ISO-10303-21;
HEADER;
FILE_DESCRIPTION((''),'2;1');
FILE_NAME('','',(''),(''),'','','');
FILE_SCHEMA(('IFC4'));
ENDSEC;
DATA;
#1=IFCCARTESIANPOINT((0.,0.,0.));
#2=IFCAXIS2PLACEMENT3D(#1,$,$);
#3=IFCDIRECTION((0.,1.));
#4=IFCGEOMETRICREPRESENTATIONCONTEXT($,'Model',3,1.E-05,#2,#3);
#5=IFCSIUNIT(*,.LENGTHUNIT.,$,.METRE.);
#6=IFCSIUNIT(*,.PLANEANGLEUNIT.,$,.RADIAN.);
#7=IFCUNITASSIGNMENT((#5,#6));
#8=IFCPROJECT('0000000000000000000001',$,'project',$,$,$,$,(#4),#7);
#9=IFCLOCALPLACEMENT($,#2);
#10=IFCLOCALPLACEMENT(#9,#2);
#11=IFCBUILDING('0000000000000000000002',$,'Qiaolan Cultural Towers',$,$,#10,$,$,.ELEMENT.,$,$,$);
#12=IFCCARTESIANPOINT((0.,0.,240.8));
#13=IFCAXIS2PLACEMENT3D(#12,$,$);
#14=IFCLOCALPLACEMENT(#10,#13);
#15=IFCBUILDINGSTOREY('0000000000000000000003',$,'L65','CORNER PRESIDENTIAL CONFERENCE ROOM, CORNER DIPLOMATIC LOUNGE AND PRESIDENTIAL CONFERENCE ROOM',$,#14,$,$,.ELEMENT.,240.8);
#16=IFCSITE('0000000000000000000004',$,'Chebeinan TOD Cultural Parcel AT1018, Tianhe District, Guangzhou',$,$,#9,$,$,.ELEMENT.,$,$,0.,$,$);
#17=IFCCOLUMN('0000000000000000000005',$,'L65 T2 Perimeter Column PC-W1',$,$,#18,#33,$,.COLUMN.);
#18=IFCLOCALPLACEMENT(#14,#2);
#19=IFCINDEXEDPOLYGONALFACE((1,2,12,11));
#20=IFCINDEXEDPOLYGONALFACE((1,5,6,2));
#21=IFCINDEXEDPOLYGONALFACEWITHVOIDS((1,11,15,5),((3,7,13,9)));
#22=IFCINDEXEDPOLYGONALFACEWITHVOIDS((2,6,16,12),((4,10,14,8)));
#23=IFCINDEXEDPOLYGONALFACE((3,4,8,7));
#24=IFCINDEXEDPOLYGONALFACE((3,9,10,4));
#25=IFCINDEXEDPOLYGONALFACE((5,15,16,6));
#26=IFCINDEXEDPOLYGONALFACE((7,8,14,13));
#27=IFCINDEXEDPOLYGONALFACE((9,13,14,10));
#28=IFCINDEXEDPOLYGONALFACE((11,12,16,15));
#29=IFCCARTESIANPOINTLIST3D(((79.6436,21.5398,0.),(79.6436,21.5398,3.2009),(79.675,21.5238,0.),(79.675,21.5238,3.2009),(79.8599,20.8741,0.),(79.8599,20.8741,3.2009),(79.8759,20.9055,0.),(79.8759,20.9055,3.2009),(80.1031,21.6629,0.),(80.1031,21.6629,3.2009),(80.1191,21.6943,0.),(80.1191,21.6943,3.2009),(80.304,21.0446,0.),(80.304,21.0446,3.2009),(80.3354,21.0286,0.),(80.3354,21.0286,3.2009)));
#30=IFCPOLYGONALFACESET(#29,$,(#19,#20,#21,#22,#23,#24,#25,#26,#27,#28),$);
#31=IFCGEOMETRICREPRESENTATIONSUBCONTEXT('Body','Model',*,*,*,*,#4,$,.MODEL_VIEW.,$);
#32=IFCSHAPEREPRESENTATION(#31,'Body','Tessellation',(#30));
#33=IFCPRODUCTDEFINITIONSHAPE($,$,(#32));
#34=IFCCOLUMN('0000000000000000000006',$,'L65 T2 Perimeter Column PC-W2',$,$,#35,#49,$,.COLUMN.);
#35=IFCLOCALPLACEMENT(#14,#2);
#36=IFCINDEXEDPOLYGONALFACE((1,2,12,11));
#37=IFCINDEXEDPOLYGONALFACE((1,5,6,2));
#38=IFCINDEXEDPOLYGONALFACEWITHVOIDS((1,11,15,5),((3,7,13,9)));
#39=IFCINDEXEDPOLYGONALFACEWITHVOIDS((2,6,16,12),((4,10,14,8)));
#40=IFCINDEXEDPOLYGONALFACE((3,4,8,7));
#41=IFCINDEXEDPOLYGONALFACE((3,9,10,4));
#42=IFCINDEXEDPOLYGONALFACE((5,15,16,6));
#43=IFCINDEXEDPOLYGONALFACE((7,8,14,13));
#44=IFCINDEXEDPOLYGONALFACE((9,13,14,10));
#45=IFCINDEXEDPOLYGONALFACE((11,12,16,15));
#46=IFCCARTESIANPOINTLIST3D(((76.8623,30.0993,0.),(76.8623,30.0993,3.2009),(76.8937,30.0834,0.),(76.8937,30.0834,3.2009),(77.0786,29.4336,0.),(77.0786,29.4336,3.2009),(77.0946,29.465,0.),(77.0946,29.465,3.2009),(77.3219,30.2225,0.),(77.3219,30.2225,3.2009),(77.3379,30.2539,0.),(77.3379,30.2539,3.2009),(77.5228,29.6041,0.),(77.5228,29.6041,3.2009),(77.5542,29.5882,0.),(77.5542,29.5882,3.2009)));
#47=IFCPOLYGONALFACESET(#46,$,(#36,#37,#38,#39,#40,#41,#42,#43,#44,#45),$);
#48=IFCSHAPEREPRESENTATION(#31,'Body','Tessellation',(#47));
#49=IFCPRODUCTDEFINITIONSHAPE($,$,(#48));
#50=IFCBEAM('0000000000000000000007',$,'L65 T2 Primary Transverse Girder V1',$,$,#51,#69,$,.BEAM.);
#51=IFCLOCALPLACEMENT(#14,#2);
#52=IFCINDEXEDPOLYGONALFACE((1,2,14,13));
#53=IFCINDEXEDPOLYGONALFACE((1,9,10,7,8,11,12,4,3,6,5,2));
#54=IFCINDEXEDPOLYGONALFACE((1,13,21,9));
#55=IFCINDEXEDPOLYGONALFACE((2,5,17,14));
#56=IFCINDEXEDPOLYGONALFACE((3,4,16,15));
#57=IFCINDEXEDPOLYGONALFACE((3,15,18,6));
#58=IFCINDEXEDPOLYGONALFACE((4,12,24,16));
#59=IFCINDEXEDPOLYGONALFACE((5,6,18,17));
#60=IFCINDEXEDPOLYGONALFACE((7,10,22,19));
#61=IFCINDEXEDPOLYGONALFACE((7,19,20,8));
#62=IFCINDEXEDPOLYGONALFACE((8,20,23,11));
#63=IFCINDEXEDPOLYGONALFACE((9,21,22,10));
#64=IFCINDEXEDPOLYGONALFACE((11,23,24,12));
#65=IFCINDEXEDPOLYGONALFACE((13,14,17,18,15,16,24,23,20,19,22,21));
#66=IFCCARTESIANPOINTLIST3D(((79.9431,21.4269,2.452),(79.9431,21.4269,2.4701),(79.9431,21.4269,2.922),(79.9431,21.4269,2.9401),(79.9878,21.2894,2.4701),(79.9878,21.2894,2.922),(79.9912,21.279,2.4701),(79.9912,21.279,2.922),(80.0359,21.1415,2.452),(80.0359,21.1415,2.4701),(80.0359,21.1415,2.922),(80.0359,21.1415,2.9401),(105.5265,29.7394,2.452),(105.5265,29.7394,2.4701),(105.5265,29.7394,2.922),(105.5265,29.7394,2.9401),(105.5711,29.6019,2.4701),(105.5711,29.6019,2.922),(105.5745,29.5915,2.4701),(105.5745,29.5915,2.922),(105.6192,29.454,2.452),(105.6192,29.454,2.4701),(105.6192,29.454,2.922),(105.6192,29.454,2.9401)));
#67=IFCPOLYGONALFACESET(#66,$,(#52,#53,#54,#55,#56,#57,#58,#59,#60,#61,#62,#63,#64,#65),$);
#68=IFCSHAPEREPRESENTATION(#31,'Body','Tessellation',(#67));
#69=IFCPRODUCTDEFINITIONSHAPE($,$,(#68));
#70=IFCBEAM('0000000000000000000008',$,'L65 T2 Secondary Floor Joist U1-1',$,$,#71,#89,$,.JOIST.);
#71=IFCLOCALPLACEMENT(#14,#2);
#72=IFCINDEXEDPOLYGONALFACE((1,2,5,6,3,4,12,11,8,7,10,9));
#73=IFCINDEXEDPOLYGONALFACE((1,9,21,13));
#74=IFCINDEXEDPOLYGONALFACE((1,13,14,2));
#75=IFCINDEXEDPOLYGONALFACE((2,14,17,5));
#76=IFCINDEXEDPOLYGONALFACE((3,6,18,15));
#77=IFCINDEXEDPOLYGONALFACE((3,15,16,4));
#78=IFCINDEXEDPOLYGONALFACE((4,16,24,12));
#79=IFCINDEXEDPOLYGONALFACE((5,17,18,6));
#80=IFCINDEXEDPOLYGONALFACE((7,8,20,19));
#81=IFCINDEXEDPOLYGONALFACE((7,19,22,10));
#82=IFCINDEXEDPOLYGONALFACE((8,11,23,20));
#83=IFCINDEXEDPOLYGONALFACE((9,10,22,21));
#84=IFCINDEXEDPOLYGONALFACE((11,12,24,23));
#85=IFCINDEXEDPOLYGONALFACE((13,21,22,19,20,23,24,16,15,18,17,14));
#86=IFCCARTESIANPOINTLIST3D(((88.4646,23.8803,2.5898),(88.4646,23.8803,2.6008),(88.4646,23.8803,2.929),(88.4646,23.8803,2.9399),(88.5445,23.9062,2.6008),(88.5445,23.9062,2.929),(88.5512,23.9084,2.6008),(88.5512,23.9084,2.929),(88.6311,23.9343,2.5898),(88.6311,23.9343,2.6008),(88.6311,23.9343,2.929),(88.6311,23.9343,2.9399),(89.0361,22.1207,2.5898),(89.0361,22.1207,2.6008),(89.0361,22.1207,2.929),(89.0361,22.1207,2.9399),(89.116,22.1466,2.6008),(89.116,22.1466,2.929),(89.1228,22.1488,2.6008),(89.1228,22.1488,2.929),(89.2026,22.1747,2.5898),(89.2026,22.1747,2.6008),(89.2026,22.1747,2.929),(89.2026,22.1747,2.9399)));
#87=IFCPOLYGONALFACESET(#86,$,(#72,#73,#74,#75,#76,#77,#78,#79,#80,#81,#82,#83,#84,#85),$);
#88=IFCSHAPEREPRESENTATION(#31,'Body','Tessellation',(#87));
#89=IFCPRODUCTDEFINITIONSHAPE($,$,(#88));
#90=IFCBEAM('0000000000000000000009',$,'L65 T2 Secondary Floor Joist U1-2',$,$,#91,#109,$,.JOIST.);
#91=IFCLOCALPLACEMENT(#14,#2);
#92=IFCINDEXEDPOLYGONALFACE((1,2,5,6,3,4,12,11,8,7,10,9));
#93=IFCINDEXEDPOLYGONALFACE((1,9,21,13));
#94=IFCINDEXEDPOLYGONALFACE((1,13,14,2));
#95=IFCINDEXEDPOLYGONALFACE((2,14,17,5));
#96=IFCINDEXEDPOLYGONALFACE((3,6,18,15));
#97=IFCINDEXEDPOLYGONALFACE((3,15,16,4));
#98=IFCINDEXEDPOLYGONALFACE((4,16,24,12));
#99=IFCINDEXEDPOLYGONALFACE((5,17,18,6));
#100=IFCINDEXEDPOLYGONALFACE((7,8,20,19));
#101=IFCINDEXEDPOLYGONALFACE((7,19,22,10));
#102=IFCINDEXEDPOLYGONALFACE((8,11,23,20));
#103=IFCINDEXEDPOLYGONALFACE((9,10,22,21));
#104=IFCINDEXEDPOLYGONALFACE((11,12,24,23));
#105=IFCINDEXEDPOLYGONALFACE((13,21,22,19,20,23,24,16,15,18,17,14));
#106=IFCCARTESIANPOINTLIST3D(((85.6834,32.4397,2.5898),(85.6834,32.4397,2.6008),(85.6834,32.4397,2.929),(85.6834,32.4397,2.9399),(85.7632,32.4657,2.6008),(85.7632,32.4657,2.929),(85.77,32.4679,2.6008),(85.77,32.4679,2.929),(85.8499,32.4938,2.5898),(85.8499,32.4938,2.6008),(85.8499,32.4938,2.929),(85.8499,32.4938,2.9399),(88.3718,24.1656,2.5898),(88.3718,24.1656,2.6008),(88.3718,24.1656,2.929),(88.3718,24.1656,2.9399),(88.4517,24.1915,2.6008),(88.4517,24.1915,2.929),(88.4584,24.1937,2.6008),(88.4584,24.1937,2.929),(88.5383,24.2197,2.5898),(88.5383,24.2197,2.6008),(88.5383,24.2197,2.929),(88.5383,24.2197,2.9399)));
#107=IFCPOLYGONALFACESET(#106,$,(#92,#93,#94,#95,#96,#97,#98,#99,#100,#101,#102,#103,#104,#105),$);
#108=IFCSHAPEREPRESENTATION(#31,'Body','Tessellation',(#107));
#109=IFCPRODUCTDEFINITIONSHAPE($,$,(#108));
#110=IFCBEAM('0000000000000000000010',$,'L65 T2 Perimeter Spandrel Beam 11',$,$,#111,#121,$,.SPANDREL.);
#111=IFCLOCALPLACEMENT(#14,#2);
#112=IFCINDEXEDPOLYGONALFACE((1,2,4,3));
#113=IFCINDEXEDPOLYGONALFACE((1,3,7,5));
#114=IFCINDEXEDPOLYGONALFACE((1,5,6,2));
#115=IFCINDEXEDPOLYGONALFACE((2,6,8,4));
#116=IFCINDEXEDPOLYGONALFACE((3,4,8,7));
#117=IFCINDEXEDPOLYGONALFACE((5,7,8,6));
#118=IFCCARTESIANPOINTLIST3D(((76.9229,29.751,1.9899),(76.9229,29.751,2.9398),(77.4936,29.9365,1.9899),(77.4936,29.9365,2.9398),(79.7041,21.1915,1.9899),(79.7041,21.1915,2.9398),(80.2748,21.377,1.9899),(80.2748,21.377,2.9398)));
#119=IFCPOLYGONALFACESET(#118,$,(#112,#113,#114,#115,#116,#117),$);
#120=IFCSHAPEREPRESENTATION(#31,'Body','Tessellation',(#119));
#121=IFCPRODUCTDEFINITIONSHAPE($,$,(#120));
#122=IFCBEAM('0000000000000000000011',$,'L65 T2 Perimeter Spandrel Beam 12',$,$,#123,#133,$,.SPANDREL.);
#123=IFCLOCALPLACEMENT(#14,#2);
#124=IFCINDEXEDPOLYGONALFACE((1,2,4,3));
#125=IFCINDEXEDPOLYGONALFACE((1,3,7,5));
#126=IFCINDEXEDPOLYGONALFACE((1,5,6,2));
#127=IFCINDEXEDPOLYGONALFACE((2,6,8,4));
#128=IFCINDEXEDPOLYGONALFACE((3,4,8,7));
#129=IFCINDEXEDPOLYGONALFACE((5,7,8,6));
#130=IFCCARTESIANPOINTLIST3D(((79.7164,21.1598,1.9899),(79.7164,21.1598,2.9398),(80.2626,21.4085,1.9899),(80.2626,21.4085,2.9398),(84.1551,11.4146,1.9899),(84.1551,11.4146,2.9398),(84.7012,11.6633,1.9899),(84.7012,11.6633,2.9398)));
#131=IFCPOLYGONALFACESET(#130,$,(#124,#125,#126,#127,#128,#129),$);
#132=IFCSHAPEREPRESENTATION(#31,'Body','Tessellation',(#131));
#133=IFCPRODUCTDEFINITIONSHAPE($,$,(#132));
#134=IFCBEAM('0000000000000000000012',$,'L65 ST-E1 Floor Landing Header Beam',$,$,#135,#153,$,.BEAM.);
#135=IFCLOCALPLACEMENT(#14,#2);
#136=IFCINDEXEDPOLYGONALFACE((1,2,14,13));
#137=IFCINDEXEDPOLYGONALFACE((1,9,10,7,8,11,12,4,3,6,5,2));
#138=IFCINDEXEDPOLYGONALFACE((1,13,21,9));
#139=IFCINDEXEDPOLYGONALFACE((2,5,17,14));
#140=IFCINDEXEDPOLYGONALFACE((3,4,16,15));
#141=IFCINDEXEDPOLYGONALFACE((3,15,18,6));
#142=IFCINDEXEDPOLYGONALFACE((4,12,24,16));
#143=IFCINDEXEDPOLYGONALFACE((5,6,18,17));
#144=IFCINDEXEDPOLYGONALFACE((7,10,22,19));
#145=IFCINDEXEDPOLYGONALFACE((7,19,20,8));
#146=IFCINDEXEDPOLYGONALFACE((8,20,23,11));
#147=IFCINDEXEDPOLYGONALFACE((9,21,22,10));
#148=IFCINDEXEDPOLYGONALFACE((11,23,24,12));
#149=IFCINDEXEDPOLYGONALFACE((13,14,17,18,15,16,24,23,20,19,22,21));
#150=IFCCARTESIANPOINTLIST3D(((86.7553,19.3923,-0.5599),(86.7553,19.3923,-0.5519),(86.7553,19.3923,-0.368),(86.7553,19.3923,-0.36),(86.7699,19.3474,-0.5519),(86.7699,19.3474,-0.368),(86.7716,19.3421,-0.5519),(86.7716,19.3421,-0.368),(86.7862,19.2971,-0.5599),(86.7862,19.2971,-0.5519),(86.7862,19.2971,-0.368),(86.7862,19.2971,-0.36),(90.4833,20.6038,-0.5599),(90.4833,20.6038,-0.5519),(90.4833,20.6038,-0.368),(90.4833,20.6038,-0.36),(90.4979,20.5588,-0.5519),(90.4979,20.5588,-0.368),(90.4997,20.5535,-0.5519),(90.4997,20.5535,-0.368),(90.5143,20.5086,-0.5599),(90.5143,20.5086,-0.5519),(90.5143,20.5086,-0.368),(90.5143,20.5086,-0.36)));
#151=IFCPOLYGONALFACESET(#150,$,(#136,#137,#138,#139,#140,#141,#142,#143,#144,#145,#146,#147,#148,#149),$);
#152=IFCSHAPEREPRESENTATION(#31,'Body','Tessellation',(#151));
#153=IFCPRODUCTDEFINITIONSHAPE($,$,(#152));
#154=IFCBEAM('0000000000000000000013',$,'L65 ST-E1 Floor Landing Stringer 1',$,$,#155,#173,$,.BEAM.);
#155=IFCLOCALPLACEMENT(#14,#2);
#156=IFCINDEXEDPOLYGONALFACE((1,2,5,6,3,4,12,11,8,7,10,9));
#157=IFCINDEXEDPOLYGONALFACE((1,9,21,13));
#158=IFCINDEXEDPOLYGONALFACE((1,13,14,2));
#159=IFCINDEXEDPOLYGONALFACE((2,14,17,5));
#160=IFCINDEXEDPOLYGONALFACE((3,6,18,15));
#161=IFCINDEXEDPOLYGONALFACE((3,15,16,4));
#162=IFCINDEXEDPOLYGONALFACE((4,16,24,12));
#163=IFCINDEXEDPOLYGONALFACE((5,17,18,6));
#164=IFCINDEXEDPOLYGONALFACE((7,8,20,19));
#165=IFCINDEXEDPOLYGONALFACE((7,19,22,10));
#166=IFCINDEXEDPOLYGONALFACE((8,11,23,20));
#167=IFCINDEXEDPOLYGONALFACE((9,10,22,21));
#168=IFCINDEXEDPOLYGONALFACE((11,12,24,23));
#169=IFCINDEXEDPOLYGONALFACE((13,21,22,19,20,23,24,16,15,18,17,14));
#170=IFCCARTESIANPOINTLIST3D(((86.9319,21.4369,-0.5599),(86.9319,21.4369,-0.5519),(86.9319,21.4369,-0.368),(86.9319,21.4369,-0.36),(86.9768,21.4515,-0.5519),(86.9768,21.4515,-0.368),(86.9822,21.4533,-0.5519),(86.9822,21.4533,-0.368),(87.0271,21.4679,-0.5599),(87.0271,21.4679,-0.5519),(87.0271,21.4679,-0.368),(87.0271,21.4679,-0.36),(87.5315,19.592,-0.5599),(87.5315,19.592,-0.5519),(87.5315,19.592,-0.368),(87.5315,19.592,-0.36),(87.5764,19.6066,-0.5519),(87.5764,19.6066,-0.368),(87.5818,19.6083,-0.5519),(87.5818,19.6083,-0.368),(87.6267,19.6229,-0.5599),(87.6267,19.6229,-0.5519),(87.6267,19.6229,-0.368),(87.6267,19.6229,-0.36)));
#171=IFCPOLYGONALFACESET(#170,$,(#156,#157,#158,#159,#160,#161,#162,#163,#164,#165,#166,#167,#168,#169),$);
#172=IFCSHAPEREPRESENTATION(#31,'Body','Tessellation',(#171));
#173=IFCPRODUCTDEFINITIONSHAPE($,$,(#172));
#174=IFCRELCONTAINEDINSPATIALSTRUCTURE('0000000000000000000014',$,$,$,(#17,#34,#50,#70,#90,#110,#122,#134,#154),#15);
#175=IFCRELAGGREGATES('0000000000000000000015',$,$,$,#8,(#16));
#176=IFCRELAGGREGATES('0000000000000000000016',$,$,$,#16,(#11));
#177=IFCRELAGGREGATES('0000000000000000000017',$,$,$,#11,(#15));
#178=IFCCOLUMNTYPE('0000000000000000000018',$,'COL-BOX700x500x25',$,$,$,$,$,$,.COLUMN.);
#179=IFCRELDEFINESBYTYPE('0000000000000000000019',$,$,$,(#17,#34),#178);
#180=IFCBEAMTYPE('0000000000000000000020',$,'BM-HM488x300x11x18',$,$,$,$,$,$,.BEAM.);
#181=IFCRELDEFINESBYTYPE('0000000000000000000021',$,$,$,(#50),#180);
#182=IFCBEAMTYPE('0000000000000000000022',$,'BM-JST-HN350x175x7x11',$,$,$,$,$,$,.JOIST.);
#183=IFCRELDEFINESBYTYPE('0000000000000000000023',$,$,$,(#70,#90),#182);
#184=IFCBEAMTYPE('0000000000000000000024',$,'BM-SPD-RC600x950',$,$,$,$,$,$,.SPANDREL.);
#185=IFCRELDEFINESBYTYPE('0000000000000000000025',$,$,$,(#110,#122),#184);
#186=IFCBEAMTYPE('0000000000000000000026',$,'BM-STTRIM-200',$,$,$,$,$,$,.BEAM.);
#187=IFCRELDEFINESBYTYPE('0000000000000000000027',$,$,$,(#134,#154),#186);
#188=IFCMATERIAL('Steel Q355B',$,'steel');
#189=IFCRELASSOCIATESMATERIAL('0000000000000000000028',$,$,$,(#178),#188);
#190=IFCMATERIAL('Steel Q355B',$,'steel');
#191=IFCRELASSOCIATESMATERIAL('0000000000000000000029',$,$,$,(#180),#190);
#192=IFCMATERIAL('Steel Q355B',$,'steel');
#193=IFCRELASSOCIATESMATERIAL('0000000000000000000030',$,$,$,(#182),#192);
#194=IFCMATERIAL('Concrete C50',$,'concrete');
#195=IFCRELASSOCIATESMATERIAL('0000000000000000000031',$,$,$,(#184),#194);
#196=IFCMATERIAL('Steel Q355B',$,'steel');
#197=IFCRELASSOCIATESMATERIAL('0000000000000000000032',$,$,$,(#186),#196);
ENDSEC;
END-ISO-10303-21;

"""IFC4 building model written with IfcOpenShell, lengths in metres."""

from ifc_helpers import new_model, si_unit, direction, frame, origin, origin_2d, place, context, subcontext, project, spatial, rectangle, hollow_rectangle, i_section, extrude, material, material_profile, profile_set, type_object, element, save


model = new_model("IFC4")

# Units and contexts
model_context = context("Model", 3, precision=1e-05, world=origin(), true_north=direction((0.0, 1.0)))
body_context = subcontext(model_context, "Body", "Model", "MODEL_VIEW")
ifc_project = project(units=[si_unit("LENGTHUNIT", "METRE"), si_unit("PLANEANGLEUNIT", "RADIAN")], contexts=[model_context])

# Site, building, storey
site_placement = place(None, origin())
site = spatial("IfcSite", under=ifc_project, at=site_placement, Name="Chebeinan TOD Cultural Parcel AT1018, Tianhe District, Guangzhou", CompositionType="ELEMENT", RefElevation=0.0)
building_placement = place(site_placement, origin())
building = spatial("IfcBuilding", under=site, at=building_placement, Name="Qiaolan Cultural Towers", CompositionType="ELEMENT")
storey_placement = place(building_placement, frame((0.0, 0.0, 240.8)))
storey = spatial("IfcBuildingStorey", under=building, at=storey_placement, Name="L65", Description="CORNER PRESIDENTIAL CONFERENCE ROOM, CORNER DIPLOMATIC LOUNGE AND PRESIDENTIAL CONFERENCE ROOM", CompositionType="ELEMENT", Elevation=240.8)

# Columns
ifc_material_1 = material(Name="Steel Q355B", Category="steel")
ifc_material_profile_1 = material_profile(ifc_material_1, hollow_rectangle(XDim=0.5, YDim=0.7, WallThickness=0.0249, at=origin_2d()), Name="BOX700x500x25")
ifc_profile_set_1 = profile_set([ifc_material_profile_1], Name="Steel Q355B")
column_type = type_object("IfcColumnType", Name="COL-BOX700x500x25", PredefinedType="COLUMN", material=ifc_profile_set_1)
for number, where, z_axis, x_axis, name in (
    (1, (79.9895, 21.2842, 0.0), (0.0, 0.0, 1.0), (0.951057, 0.309017, 0.0), "L65 T2 Perimeter Column PC-W1"),
    (2, (77.2083, 29.8438, 0.0), (0.0, 0.0, 1.0), (0.951057, 0.309017, 0.0), "L65 T2 Perimeter Column PC-W2"),
):
    element("IfcColumn", number, at=place(storey_placement, frame(where, z_axis=z_axis, x_axis=x_axis)), inside=storey, type_object=column_type, Name=name, PredefinedType="COLUMN", context=body_context, shape_type="SweptSolid", body=[
        extrude(hollow_rectangle(XDim=0.5, YDim=0.7, WallThickness=0.0249, at=origin_2d()), origin(), (0.0, 0.0, 1.0), 3.2009),
    ])

# Beams
ifc_material_2 = material(Name="Steel Q355B", Category="steel")
ifc_material_profile_2 = material_profile(ifc_material_2, i_section(OverallWidth=0.3, OverallDepth=0.488, WebThickness=0.011, FlangeThickness=0.0181, at=origin_2d()), Name="HM488x300x11x18")
ifc_profile_set_2 = profile_set([ifc_material_profile_2], Name="Steel Q355B")
beam_type_1 = type_object("IfcBeamType", Name="BM-HM488x300x11x18", PredefinedType="BEAM", material=ifc_profile_set_2)
beam_1_placement = place(storey_placement, frame((79.9895, 21.2842, 2.696), z_axis=(0.951057, 0.309017, 0.0), x_axis=(-0.309017, 0.951057, 0.0)))
element("IfcBeam", 3, at=beam_1_placement, inside=storey, type_object=beam_type_1, Name="L65 T2 Primary Transverse Girder V1", PredefinedType="BEAM", context=body_context, shape_type="SweptSolid", body=[
    extrude(i_section(OverallWidth=0.3, OverallDepth=0.488, WebThickness=0.011, FlangeThickness=0.0181, at=origin_2d()), origin(), (0.0, 0.0, 1.0), 26.8999),
])
ifc_material_3 = material(Name="Steel Q355B", Category="steel")
ifc_material_profile_3 = material_profile(ifc_material_3, i_section(OverallWidth=0.175, OverallDepth=0.3501, WebThickness=0.0071, FlangeThickness=0.011, at=origin_2d()), Name="HN350x175x7x11")
ifc_profile_set_3 = profile_set([ifc_material_profile_3], Name="Steel Q355B")
beam_type_2 = type_object("IfcBeamType", Name="BM-JST-HN350x175x7x11", PredefinedType="JOIST", material=ifc_profile_set_3)
beam_2_placement = place(storey_placement, frame((89.1194, 22.1477, 2.7649), z_axis=(-0.308934, 0.951084, 0.0), x_axis=(-0.951084, -0.308934, 0.0)))
element("IfcBeam", 4, at=beam_2_placement, inside=storey, type_object=beam_type_2, Name="L65 T2 Secondary Floor Joist U1-1", PredefinedType="JOIST", context=body_context, shape_type="SweptSolid", body=[
    extrude(i_section(OverallWidth=0.175, OverallDepth=0.3501, WebThickness=0.0071, FlangeThickness=0.011, at=origin_2d()), origin(), (0.0, 0.0, 1.0), 1.8501),
])
beam_3_placement = place(storey_placement, frame((88.4551, 24.1926, 2.7649), z_axis=(-0.309021, 0.951055, 0.0), x_axis=(-0.951055, -0.309021, 0.0)))
element("IfcBeam", 5, at=beam_3_placement, inside=storey, type_object=beam_type_2, Name="L65 T2 Secondary Floor Joist U1-2", PredefinedType="JOIST", context=body_context, shape_type="SweptSolid", body=[
    extrude(i_section(OverallWidth=0.175, OverallDepth=0.3501, WebThickness=0.0071, FlangeThickness=0.011, at=origin_2d()), origin(), (0.0, 0.0, 1.0), 8.7),
])
ifc_material_4 = material(Name="Concrete C50", Category="concrete")
ifc_material_profile_4 = material_profile(ifc_material_4, rectangle(XDim=0.6001, YDim=0.95, at=origin_2d()), Name="RC600x950")
ifc_profile_set_4 = profile_set([ifc_material_profile_4], Name="Concrete C50")
beam_type_3 = type_object("IfcBeamType", Name="BM-SPD-RC600x950", PredefinedType="SPANDREL", material=ifc_profile_set_4)
beam_4_placement = place(storey_placement, frame((77.2083, 29.8438, 2.4648), z_axis=(0.309025, -0.951054, 0.0), x_axis=(0.951054, 0.309025, 0.0)))
element("IfcBeam", 6, at=beam_4_placement, inside=storey, type_object=beam_type_3, Name="L65 T2 Perimeter Spandrel Beam 11", PredefinedType="SPANDREL", context=body_context, shape_type="SweptSolid", body=[
    extrude(rectangle(XDim=0.6001, YDim=0.95, at=origin_2d()), origin(), (0.0, 0.0, 1.0), 9.0),
])
beam_5_placement = place(storey_placement, frame((79.9895, 21.2842, 2.4648), z_axis=(0.4145, -0.910049, 0.0), x_axis=(0.910049, 0.4145, 0.0)))
element("IfcBeam", 7, at=beam_5_placement, inside=storey, type_object=beam_type_3, Name="L65 T2 Perimeter Spandrel Beam 12", PredefinedType="SPANDREL", context=body_context, shape_type="SweptSolid", body=[
    extrude(rectangle(XDim=0.6001, YDim=0.95, at=origin_2d()), origin(), (0.0, 0.0, 1.0), 10.7085),
])
ifc_material_5 = material(Name="Steel Q355B", Category="steel")
ifc_material_profile_5 = material_profile(ifc_material_5, i_section(OverallWidth=0.1001, OverallDepth=0.2, WebThickness=0.0056, FlangeThickness=0.0081, at=origin_2d()), Name="HN200x100x5.5x8")
ifc_profile_set_5 = profile_set([ifc_material_profile_5], Name="Steel Q355B")
beam_type_4 = type_object("IfcBeamType", Name="BM-STTRIM-200", PredefinedType="BEAM", material=ifc_profile_set_5)
beam_6_placement = place(storey_placement, frame((86.7708, 19.3447, -0.46), z_axis=(0.951048, 0.309044, 0.0), x_axis=(-0.309044, 0.951048, 0.0)))
element("IfcBeam", 8, at=beam_6_placement, inside=storey, type_object=beam_type_4, Name="L65 ST-E1 Floor Landing Header Beam", PredefinedType="BEAM", context=body_context, shape_type="SweptSolid", body=[
    extrude(i_section(OverallWidth=0.1001, OverallDepth=0.2, WebThickness=0.0056, FlangeThickness=0.0081, at=origin_2d()), origin(), (0.0, 0.0, 1.0), 3.9199),
])
for number, where, z_axis, x_axis, name in (
    (9, (86.9795, 21.4524, -0.46), (0.309083, -0.951035, 0.0), (0.951035, 0.309083, 0.0), "L65 ST-E1 Floor Landing Stringer 1"),
):
    element("IfcBeam", number, at=place(storey_placement, frame(where, z_axis=z_axis, x_axis=x_axis)), inside=storey, type_object=beam_type_4, Name=name, PredefinedType="BEAM", context=body_context, shape_type="SweptSolid", body=[
        extrude(i_section(OverallWidth=0.1001, OverallDepth=0.2, WebThickness=0.0056, FlangeThickness=0.0081, at=origin_2d()), origin(), (0.0, 0.0, 1.0), 1.9399),
    ])

save(model, "model.ifc")
